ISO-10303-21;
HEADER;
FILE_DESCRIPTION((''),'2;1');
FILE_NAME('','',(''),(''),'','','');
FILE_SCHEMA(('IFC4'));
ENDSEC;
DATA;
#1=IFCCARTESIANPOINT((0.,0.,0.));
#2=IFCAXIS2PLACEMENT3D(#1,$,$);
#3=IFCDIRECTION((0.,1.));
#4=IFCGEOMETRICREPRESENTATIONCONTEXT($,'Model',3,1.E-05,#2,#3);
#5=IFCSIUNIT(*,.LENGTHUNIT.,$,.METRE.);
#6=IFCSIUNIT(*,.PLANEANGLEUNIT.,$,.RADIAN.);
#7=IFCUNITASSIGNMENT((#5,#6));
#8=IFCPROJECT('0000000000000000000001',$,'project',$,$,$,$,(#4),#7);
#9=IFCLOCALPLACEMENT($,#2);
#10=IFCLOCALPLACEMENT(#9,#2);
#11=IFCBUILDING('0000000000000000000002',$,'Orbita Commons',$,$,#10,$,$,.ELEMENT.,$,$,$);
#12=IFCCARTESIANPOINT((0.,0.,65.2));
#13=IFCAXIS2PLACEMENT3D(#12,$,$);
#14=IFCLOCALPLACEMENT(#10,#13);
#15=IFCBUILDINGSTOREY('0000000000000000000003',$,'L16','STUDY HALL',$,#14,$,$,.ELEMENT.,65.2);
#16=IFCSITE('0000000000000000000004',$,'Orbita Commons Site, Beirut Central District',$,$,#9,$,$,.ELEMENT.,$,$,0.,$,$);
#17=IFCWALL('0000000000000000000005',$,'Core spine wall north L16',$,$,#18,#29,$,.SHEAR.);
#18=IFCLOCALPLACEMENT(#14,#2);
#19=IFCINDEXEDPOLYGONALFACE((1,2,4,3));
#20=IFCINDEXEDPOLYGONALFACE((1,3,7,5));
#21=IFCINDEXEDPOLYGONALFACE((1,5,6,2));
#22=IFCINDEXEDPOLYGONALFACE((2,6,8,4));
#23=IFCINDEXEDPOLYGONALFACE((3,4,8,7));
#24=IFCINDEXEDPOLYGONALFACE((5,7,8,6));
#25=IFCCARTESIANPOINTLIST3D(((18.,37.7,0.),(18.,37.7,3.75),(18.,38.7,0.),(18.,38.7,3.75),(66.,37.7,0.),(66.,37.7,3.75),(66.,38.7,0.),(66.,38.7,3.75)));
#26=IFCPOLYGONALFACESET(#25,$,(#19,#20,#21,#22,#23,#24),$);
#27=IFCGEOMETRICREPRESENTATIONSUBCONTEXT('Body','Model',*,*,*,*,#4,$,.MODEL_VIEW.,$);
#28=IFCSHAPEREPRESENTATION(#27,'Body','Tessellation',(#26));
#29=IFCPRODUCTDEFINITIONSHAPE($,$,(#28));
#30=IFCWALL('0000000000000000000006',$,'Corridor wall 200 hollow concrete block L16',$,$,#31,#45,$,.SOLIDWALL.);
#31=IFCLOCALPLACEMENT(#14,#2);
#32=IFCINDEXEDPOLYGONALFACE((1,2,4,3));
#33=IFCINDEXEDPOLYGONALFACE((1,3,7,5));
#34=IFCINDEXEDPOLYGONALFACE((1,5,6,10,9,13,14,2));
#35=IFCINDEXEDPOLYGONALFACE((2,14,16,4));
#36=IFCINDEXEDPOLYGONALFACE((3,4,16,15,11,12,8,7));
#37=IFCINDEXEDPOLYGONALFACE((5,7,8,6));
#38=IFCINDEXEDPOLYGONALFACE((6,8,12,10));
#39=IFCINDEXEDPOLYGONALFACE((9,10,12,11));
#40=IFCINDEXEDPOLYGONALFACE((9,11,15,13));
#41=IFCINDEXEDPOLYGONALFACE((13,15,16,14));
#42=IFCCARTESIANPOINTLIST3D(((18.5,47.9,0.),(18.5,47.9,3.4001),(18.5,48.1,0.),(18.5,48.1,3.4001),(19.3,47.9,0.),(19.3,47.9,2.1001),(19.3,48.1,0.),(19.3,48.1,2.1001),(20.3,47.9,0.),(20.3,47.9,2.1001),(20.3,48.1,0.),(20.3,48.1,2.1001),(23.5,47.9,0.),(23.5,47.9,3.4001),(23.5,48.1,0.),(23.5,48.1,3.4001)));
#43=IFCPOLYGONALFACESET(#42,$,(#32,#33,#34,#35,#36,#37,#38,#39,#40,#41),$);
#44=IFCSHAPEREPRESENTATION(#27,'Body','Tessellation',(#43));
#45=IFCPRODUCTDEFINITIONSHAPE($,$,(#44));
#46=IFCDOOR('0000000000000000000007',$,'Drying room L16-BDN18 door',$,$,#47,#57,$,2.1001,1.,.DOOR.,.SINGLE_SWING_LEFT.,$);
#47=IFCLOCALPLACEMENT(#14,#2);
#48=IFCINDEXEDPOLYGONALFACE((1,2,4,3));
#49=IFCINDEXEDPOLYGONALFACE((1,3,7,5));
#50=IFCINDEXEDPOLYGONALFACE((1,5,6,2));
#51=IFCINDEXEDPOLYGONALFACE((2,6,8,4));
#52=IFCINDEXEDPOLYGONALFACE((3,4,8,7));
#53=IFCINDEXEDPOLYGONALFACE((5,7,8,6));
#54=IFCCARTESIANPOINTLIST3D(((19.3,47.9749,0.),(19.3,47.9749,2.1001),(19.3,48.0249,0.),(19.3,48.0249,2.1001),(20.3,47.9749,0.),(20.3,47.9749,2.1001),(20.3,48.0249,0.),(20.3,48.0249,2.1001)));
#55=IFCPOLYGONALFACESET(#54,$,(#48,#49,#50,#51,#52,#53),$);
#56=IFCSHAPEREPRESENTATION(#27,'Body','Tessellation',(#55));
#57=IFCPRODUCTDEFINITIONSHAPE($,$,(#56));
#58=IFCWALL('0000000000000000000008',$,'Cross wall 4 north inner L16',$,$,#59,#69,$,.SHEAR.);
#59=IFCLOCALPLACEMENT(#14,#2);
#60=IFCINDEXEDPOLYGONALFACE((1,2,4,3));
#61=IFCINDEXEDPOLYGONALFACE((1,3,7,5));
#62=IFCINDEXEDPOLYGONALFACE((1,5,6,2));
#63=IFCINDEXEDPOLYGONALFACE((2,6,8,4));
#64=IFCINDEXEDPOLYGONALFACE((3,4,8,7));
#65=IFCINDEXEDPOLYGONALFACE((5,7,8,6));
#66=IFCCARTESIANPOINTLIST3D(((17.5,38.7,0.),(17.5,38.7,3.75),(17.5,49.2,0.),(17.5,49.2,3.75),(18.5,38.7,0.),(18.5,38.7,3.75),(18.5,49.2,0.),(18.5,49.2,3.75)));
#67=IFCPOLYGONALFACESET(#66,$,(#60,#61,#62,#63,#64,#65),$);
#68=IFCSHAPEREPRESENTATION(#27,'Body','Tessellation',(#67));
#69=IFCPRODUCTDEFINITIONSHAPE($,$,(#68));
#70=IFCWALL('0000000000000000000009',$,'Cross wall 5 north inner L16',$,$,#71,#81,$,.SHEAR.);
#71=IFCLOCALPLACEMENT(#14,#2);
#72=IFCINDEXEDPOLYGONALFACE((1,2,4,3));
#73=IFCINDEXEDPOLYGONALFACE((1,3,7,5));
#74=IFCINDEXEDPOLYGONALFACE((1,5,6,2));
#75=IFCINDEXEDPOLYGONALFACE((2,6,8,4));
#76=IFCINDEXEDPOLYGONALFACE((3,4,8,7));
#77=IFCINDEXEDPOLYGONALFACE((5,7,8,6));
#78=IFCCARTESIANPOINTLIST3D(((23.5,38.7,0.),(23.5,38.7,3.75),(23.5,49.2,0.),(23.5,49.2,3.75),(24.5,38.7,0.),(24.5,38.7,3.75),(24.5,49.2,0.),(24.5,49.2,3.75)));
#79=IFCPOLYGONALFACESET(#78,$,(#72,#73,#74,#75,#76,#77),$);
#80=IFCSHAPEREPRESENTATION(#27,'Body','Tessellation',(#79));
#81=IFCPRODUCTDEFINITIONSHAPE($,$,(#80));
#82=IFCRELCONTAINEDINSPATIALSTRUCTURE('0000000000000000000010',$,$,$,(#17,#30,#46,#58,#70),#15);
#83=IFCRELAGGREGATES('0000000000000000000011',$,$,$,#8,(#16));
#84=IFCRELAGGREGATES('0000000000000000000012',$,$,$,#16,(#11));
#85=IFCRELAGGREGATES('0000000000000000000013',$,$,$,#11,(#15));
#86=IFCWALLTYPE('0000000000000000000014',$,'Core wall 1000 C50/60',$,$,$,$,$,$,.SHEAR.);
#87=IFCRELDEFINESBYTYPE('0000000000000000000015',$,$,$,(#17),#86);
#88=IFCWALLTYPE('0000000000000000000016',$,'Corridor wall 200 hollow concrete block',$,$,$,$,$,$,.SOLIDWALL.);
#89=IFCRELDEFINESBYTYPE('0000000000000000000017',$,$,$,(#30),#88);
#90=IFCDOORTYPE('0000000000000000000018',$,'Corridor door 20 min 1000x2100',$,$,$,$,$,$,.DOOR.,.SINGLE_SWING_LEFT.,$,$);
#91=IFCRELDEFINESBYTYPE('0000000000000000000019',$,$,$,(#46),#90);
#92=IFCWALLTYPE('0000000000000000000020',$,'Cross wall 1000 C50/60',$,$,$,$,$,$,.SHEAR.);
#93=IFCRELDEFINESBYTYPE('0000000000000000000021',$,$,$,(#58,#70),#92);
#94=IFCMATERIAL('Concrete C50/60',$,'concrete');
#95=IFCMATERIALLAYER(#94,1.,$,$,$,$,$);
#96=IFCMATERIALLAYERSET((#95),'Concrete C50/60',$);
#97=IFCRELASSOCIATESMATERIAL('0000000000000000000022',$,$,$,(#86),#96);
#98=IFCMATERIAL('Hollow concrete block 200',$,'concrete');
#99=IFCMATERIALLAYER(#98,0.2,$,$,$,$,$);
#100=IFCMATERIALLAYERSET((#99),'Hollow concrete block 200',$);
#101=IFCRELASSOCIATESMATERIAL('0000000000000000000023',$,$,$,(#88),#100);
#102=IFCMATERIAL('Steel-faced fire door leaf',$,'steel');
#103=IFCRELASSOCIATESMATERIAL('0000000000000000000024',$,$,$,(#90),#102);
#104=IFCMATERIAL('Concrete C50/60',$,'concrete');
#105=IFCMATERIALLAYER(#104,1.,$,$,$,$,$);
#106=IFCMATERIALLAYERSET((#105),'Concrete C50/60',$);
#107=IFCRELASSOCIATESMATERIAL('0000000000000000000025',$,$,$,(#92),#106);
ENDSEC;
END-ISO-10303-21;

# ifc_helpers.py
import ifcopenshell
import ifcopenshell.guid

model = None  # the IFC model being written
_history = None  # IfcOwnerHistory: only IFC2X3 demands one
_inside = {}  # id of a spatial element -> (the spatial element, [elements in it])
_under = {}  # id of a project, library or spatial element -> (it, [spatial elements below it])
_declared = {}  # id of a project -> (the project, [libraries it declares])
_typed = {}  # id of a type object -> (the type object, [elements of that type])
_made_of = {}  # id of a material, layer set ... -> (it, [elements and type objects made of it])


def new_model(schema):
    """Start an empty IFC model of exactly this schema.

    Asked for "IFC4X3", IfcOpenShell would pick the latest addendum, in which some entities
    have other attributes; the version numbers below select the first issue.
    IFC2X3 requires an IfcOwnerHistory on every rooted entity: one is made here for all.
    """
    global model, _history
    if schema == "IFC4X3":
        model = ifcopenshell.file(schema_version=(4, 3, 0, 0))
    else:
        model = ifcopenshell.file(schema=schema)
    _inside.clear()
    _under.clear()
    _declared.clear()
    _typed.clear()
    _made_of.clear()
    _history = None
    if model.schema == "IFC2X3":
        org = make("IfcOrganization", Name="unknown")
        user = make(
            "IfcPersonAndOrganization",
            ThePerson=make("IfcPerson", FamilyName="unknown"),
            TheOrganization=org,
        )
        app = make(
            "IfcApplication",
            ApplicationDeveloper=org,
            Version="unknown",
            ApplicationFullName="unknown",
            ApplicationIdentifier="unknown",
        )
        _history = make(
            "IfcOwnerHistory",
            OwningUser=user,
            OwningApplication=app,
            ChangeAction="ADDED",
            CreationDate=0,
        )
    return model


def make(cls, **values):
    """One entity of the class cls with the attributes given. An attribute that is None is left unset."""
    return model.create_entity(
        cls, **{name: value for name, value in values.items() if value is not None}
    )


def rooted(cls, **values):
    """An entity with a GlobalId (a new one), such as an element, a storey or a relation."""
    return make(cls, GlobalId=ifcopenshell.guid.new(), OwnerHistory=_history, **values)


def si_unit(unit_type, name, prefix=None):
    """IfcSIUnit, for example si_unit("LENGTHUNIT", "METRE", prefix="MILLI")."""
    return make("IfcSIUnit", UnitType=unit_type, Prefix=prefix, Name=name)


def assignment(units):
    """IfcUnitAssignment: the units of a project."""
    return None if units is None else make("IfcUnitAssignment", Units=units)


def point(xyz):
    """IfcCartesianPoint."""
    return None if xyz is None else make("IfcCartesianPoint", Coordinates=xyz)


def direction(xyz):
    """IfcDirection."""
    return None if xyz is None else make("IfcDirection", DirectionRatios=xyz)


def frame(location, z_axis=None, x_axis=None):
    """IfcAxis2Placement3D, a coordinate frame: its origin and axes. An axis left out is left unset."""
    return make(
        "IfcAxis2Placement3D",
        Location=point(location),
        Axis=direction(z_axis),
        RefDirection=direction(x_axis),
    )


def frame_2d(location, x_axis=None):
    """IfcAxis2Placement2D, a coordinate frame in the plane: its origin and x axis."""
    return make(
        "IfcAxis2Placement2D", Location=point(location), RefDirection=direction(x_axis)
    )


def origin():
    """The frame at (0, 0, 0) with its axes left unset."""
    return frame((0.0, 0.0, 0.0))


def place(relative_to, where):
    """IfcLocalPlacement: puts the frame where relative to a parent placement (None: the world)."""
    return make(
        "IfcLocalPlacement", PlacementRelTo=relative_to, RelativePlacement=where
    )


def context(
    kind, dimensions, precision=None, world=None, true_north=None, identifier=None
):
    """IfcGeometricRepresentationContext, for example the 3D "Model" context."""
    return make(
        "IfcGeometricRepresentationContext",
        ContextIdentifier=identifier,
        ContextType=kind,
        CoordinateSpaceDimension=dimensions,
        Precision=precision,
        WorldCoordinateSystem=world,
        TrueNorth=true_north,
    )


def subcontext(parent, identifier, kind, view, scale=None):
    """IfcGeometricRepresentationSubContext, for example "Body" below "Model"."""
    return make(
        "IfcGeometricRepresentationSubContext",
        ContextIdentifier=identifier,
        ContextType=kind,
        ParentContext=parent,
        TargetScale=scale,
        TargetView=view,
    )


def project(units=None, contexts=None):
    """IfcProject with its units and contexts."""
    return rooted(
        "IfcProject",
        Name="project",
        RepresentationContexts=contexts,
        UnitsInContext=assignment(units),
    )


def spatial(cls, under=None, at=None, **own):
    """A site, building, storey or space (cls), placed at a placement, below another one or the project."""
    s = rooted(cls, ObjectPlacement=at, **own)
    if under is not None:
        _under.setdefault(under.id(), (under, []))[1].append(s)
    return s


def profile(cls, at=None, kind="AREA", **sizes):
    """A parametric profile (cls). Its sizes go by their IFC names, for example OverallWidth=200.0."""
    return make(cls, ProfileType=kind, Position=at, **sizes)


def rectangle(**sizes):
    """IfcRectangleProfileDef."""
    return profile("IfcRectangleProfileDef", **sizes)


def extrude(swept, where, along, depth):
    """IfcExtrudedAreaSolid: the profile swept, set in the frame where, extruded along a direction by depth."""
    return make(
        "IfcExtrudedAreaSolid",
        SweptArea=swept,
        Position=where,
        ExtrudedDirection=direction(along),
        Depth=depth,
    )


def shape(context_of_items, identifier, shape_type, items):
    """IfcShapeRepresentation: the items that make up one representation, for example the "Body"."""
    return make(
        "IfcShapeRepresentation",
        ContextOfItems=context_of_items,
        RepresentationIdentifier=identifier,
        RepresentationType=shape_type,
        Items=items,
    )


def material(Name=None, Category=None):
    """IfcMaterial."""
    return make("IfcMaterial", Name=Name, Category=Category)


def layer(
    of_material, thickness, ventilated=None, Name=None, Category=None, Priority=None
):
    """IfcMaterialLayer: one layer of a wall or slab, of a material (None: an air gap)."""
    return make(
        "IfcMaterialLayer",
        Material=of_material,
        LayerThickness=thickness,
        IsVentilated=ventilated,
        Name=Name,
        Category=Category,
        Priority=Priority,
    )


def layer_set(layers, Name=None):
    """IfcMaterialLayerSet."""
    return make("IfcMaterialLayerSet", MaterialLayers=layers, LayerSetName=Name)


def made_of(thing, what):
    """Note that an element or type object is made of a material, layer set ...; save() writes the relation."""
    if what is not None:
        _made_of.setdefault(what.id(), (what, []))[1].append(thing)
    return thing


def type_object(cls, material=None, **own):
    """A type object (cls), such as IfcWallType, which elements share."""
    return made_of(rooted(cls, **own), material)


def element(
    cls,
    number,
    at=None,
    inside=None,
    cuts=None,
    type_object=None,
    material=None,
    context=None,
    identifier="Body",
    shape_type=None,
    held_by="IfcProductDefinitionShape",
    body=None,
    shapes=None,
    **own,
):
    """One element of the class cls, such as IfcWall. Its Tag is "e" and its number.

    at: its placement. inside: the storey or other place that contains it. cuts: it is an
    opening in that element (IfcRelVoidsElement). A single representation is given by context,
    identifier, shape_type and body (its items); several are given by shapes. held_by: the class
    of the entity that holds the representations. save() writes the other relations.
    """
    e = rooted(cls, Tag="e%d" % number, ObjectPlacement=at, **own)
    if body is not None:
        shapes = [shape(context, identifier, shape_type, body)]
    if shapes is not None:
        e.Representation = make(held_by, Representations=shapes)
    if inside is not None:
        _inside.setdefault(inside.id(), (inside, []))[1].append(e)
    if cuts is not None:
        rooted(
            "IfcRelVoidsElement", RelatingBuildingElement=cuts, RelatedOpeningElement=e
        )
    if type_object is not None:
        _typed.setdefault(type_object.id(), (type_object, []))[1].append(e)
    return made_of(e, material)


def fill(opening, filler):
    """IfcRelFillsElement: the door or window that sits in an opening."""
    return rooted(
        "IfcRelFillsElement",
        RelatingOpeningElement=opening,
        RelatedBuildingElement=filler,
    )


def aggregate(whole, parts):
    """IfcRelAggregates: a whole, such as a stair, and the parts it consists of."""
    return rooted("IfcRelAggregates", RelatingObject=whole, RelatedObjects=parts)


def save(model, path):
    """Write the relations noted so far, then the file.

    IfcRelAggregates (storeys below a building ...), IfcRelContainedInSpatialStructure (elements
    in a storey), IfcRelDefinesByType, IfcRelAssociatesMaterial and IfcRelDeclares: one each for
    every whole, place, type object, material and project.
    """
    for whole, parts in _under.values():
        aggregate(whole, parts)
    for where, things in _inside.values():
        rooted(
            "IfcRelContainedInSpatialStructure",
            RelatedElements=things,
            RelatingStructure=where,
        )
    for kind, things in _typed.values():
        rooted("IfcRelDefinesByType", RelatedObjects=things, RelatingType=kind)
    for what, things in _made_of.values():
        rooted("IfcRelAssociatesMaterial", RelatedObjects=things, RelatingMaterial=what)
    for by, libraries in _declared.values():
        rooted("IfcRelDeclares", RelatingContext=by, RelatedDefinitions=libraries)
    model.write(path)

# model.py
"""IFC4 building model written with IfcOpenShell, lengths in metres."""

from ifc_helpers import new_model, si_unit, direction, frame, frame_2d, origin, place, context, subcontext, project, spatial, rectangle, extrude, material, layer, layer_set, type_object, element, fill, save


model = new_model("IFC4")

# Units and contexts
model_context = context("Model", 3, precision=1e-05, world=origin(), true_north=direction((0.0, 1.0)))
body_context = subcontext(model_context, "Body", "Model", "MODEL_VIEW")
ifc_project = project(units=[si_unit("LENGTHUNIT", "METRE"), si_unit("PLANEANGLEUNIT", "RADIAN")], contexts=[model_context])

# Site, building, storey
site_placement = place(None, origin())
site = spatial("IfcSite", under=ifc_project, at=site_placement, Name="Orbita Commons Site, Beirut Central District", CompositionType="ELEMENT", RefElevation=0.0)
building_placement = place(site_placement, origin())
building = spatial("IfcBuilding", under=site, at=building_placement, Name="Orbita Commons", CompositionType="ELEMENT")
storey_placement = place(building_placement, frame((0.0, 0.0, 65.2)))
storey = spatial("IfcBuildingStorey", under=building, at=storey_placement, Name="L16", Description="STUDY HALL", CompositionType="ELEMENT", Elevation=65.2)

# Wall
ifc_material_1 = material(Name="Concrete C50/60", Category="concrete")
ifc_layer_1 = layer(ifc_material_1, 1.0)
ifc_layer_set_1 = layer_set([ifc_layer_1], Name="Concrete C50/60")
wall_type_1 = type_object("IfcWallType", Name="Core wall 1000 C50/60", PredefinedType="SHEAR", material=ifc_layer_set_1)
wall_1_placement = place(storey_placement, frame((18.0, 38.2, 0.0), z_axis=(0.0, 0.0, 1.0), x_axis=(1.0, 0.0, 0.0)))
element("IfcWall", 1, at=wall_1_placement, inside=storey, type_object=wall_type_1, Name="Core spine wall north L16", PredefinedType="SHEAR", context=body_context, shape_type="SweptSolid", body=[
    extrude(rectangle(XDim=48.0, YDim=1.0, at=frame_2d((24.0, 0.0))), origin(), (0.0, 0.0, 1.0), 3.75),
])

# Wall, opening, door
ifc_material_2 = material(Name="Hollow concrete block 200", Category="concrete")
ifc_layer_2 = layer(ifc_material_2, 0.2)
ifc_layer_set_2 = layer_set([ifc_layer_2], Name="Hollow concrete block 200")
wall_type_2 = type_object("IfcWallType", Name="Corridor wall 200 hollow concrete block", PredefinedType="SOLIDWALL", material=ifc_layer_set_2)
wall_2_placement = place(storey_placement, frame((18.5, 48.0, 0.0), z_axis=(0.0, 0.0, 1.0), x_axis=(1.0, 0.0, 0.0)))
wall_2 = element("IfcWall", 2, at=wall_2_placement, inside=storey, type_object=wall_type_2, Name="Corridor wall 200 hollow concrete block L16", PredefinedType="SOLIDWALL", context=body_context, shape_type="SweptSolid", body=[
    extrude(rectangle(XDim=5.0, YDim=0.2, at=frame_2d((2.5, 0.0))), origin(), (0.0, 0.0, 1.0), 3.4001),
])
opening_placement = place(wall_2_placement, frame((0.8, 0.0, 0.0)))
opening = element("IfcOpeningElement", 3, at=opening_placement, cuts=wall_2, PredefinedType="OPENING", context=body_context, shape_type="SweptSolid", body=[
    extrude(rectangle(XDim=1.0, YDim=2.1001, at=frame_2d((0.5, 1.05))), frame((0.0, 0.1099, 0.0), z_axis=(0.0, -1.0, 0.0), x_axis=(1.0, 0.0, 0.0)), (0.0, 0.0, 1.0), 0.22),
])
ifc_material_3 = material(Name="Steel-faced fire door leaf", Category="steel")
door_type = type_object("IfcDoorType", Name="Corridor door 20 min 1000x2100", OperationType="SINGLE_SWING_LEFT", PredefinedType="DOOR", material=ifc_material_3)
door_placement = place(opening_placement, origin())
door = element("IfcDoor", 4, at=door_placement, inside=storey, type_object=door_type, Name="Drying room L16-BDN18 door", OperationType="SINGLE_SWING_LEFT", OverallHeight=2.1001, OverallWidth=1.0, PredefinedType="DOOR", context=body_context, shape_type="SweptSolid", body=[
    extrude(rectangle(XDim=1.0, YDim=2.1001, at=frame_2d((0.5, 1.05))), frame((0.0, 0.0249, 0.0), z_axis=(0.0, -1.0, 0.0), x_axis=(1.0, 0.0, 0.0)), (0.0, 0.0, 1.0), 0.05),
])
fill(opening, door)

# Walls
ifc_material_4 = material(Name="Concrete C50/60", Category="concrete")
ifc_layer_3 = layer(ifc_material_4, 1.0)
ifc_layer_set_3 = layer_set([ifc_layer_3], Name="Concrete C50/60")
wall_type_3 = type_object("IfcWallType", Name="Cross wall 1000 C50/60", PredefinedType="SHEAR", material=ifc_layer_set_3)
for number, where, z_axis, x_axis, name in (
    (5, (18.0, 38.7, 0.0), (0.0, 0.0, 1.0), (0.0, 1.0, 0.0), "Cross wall 4 north inner L16"),
    (6, (24.0, 38.7, 0.0), (0.0, 0.0, 1.0), (0.0, 1.0, 0.0), "Cross wall 5 north inner L16"),
):
    element("IfcWall", number, at=place(storey_placement, frame(where, z_axis=z_axis, x_axis=x_axis)), inside=storey, type_object=wall_type_3, Name=name, PredefinedType="SHEAR", context=body_context, shape_type="SweptSolid", body=[
        extrude(rectangle(XDim=10.5, YDim=1.0, at=frame_2d((5.25, 0.0))), origin(), (0.0, 0.0, 1.0), 3.75),
    ])

save(model, "model.ifc")
